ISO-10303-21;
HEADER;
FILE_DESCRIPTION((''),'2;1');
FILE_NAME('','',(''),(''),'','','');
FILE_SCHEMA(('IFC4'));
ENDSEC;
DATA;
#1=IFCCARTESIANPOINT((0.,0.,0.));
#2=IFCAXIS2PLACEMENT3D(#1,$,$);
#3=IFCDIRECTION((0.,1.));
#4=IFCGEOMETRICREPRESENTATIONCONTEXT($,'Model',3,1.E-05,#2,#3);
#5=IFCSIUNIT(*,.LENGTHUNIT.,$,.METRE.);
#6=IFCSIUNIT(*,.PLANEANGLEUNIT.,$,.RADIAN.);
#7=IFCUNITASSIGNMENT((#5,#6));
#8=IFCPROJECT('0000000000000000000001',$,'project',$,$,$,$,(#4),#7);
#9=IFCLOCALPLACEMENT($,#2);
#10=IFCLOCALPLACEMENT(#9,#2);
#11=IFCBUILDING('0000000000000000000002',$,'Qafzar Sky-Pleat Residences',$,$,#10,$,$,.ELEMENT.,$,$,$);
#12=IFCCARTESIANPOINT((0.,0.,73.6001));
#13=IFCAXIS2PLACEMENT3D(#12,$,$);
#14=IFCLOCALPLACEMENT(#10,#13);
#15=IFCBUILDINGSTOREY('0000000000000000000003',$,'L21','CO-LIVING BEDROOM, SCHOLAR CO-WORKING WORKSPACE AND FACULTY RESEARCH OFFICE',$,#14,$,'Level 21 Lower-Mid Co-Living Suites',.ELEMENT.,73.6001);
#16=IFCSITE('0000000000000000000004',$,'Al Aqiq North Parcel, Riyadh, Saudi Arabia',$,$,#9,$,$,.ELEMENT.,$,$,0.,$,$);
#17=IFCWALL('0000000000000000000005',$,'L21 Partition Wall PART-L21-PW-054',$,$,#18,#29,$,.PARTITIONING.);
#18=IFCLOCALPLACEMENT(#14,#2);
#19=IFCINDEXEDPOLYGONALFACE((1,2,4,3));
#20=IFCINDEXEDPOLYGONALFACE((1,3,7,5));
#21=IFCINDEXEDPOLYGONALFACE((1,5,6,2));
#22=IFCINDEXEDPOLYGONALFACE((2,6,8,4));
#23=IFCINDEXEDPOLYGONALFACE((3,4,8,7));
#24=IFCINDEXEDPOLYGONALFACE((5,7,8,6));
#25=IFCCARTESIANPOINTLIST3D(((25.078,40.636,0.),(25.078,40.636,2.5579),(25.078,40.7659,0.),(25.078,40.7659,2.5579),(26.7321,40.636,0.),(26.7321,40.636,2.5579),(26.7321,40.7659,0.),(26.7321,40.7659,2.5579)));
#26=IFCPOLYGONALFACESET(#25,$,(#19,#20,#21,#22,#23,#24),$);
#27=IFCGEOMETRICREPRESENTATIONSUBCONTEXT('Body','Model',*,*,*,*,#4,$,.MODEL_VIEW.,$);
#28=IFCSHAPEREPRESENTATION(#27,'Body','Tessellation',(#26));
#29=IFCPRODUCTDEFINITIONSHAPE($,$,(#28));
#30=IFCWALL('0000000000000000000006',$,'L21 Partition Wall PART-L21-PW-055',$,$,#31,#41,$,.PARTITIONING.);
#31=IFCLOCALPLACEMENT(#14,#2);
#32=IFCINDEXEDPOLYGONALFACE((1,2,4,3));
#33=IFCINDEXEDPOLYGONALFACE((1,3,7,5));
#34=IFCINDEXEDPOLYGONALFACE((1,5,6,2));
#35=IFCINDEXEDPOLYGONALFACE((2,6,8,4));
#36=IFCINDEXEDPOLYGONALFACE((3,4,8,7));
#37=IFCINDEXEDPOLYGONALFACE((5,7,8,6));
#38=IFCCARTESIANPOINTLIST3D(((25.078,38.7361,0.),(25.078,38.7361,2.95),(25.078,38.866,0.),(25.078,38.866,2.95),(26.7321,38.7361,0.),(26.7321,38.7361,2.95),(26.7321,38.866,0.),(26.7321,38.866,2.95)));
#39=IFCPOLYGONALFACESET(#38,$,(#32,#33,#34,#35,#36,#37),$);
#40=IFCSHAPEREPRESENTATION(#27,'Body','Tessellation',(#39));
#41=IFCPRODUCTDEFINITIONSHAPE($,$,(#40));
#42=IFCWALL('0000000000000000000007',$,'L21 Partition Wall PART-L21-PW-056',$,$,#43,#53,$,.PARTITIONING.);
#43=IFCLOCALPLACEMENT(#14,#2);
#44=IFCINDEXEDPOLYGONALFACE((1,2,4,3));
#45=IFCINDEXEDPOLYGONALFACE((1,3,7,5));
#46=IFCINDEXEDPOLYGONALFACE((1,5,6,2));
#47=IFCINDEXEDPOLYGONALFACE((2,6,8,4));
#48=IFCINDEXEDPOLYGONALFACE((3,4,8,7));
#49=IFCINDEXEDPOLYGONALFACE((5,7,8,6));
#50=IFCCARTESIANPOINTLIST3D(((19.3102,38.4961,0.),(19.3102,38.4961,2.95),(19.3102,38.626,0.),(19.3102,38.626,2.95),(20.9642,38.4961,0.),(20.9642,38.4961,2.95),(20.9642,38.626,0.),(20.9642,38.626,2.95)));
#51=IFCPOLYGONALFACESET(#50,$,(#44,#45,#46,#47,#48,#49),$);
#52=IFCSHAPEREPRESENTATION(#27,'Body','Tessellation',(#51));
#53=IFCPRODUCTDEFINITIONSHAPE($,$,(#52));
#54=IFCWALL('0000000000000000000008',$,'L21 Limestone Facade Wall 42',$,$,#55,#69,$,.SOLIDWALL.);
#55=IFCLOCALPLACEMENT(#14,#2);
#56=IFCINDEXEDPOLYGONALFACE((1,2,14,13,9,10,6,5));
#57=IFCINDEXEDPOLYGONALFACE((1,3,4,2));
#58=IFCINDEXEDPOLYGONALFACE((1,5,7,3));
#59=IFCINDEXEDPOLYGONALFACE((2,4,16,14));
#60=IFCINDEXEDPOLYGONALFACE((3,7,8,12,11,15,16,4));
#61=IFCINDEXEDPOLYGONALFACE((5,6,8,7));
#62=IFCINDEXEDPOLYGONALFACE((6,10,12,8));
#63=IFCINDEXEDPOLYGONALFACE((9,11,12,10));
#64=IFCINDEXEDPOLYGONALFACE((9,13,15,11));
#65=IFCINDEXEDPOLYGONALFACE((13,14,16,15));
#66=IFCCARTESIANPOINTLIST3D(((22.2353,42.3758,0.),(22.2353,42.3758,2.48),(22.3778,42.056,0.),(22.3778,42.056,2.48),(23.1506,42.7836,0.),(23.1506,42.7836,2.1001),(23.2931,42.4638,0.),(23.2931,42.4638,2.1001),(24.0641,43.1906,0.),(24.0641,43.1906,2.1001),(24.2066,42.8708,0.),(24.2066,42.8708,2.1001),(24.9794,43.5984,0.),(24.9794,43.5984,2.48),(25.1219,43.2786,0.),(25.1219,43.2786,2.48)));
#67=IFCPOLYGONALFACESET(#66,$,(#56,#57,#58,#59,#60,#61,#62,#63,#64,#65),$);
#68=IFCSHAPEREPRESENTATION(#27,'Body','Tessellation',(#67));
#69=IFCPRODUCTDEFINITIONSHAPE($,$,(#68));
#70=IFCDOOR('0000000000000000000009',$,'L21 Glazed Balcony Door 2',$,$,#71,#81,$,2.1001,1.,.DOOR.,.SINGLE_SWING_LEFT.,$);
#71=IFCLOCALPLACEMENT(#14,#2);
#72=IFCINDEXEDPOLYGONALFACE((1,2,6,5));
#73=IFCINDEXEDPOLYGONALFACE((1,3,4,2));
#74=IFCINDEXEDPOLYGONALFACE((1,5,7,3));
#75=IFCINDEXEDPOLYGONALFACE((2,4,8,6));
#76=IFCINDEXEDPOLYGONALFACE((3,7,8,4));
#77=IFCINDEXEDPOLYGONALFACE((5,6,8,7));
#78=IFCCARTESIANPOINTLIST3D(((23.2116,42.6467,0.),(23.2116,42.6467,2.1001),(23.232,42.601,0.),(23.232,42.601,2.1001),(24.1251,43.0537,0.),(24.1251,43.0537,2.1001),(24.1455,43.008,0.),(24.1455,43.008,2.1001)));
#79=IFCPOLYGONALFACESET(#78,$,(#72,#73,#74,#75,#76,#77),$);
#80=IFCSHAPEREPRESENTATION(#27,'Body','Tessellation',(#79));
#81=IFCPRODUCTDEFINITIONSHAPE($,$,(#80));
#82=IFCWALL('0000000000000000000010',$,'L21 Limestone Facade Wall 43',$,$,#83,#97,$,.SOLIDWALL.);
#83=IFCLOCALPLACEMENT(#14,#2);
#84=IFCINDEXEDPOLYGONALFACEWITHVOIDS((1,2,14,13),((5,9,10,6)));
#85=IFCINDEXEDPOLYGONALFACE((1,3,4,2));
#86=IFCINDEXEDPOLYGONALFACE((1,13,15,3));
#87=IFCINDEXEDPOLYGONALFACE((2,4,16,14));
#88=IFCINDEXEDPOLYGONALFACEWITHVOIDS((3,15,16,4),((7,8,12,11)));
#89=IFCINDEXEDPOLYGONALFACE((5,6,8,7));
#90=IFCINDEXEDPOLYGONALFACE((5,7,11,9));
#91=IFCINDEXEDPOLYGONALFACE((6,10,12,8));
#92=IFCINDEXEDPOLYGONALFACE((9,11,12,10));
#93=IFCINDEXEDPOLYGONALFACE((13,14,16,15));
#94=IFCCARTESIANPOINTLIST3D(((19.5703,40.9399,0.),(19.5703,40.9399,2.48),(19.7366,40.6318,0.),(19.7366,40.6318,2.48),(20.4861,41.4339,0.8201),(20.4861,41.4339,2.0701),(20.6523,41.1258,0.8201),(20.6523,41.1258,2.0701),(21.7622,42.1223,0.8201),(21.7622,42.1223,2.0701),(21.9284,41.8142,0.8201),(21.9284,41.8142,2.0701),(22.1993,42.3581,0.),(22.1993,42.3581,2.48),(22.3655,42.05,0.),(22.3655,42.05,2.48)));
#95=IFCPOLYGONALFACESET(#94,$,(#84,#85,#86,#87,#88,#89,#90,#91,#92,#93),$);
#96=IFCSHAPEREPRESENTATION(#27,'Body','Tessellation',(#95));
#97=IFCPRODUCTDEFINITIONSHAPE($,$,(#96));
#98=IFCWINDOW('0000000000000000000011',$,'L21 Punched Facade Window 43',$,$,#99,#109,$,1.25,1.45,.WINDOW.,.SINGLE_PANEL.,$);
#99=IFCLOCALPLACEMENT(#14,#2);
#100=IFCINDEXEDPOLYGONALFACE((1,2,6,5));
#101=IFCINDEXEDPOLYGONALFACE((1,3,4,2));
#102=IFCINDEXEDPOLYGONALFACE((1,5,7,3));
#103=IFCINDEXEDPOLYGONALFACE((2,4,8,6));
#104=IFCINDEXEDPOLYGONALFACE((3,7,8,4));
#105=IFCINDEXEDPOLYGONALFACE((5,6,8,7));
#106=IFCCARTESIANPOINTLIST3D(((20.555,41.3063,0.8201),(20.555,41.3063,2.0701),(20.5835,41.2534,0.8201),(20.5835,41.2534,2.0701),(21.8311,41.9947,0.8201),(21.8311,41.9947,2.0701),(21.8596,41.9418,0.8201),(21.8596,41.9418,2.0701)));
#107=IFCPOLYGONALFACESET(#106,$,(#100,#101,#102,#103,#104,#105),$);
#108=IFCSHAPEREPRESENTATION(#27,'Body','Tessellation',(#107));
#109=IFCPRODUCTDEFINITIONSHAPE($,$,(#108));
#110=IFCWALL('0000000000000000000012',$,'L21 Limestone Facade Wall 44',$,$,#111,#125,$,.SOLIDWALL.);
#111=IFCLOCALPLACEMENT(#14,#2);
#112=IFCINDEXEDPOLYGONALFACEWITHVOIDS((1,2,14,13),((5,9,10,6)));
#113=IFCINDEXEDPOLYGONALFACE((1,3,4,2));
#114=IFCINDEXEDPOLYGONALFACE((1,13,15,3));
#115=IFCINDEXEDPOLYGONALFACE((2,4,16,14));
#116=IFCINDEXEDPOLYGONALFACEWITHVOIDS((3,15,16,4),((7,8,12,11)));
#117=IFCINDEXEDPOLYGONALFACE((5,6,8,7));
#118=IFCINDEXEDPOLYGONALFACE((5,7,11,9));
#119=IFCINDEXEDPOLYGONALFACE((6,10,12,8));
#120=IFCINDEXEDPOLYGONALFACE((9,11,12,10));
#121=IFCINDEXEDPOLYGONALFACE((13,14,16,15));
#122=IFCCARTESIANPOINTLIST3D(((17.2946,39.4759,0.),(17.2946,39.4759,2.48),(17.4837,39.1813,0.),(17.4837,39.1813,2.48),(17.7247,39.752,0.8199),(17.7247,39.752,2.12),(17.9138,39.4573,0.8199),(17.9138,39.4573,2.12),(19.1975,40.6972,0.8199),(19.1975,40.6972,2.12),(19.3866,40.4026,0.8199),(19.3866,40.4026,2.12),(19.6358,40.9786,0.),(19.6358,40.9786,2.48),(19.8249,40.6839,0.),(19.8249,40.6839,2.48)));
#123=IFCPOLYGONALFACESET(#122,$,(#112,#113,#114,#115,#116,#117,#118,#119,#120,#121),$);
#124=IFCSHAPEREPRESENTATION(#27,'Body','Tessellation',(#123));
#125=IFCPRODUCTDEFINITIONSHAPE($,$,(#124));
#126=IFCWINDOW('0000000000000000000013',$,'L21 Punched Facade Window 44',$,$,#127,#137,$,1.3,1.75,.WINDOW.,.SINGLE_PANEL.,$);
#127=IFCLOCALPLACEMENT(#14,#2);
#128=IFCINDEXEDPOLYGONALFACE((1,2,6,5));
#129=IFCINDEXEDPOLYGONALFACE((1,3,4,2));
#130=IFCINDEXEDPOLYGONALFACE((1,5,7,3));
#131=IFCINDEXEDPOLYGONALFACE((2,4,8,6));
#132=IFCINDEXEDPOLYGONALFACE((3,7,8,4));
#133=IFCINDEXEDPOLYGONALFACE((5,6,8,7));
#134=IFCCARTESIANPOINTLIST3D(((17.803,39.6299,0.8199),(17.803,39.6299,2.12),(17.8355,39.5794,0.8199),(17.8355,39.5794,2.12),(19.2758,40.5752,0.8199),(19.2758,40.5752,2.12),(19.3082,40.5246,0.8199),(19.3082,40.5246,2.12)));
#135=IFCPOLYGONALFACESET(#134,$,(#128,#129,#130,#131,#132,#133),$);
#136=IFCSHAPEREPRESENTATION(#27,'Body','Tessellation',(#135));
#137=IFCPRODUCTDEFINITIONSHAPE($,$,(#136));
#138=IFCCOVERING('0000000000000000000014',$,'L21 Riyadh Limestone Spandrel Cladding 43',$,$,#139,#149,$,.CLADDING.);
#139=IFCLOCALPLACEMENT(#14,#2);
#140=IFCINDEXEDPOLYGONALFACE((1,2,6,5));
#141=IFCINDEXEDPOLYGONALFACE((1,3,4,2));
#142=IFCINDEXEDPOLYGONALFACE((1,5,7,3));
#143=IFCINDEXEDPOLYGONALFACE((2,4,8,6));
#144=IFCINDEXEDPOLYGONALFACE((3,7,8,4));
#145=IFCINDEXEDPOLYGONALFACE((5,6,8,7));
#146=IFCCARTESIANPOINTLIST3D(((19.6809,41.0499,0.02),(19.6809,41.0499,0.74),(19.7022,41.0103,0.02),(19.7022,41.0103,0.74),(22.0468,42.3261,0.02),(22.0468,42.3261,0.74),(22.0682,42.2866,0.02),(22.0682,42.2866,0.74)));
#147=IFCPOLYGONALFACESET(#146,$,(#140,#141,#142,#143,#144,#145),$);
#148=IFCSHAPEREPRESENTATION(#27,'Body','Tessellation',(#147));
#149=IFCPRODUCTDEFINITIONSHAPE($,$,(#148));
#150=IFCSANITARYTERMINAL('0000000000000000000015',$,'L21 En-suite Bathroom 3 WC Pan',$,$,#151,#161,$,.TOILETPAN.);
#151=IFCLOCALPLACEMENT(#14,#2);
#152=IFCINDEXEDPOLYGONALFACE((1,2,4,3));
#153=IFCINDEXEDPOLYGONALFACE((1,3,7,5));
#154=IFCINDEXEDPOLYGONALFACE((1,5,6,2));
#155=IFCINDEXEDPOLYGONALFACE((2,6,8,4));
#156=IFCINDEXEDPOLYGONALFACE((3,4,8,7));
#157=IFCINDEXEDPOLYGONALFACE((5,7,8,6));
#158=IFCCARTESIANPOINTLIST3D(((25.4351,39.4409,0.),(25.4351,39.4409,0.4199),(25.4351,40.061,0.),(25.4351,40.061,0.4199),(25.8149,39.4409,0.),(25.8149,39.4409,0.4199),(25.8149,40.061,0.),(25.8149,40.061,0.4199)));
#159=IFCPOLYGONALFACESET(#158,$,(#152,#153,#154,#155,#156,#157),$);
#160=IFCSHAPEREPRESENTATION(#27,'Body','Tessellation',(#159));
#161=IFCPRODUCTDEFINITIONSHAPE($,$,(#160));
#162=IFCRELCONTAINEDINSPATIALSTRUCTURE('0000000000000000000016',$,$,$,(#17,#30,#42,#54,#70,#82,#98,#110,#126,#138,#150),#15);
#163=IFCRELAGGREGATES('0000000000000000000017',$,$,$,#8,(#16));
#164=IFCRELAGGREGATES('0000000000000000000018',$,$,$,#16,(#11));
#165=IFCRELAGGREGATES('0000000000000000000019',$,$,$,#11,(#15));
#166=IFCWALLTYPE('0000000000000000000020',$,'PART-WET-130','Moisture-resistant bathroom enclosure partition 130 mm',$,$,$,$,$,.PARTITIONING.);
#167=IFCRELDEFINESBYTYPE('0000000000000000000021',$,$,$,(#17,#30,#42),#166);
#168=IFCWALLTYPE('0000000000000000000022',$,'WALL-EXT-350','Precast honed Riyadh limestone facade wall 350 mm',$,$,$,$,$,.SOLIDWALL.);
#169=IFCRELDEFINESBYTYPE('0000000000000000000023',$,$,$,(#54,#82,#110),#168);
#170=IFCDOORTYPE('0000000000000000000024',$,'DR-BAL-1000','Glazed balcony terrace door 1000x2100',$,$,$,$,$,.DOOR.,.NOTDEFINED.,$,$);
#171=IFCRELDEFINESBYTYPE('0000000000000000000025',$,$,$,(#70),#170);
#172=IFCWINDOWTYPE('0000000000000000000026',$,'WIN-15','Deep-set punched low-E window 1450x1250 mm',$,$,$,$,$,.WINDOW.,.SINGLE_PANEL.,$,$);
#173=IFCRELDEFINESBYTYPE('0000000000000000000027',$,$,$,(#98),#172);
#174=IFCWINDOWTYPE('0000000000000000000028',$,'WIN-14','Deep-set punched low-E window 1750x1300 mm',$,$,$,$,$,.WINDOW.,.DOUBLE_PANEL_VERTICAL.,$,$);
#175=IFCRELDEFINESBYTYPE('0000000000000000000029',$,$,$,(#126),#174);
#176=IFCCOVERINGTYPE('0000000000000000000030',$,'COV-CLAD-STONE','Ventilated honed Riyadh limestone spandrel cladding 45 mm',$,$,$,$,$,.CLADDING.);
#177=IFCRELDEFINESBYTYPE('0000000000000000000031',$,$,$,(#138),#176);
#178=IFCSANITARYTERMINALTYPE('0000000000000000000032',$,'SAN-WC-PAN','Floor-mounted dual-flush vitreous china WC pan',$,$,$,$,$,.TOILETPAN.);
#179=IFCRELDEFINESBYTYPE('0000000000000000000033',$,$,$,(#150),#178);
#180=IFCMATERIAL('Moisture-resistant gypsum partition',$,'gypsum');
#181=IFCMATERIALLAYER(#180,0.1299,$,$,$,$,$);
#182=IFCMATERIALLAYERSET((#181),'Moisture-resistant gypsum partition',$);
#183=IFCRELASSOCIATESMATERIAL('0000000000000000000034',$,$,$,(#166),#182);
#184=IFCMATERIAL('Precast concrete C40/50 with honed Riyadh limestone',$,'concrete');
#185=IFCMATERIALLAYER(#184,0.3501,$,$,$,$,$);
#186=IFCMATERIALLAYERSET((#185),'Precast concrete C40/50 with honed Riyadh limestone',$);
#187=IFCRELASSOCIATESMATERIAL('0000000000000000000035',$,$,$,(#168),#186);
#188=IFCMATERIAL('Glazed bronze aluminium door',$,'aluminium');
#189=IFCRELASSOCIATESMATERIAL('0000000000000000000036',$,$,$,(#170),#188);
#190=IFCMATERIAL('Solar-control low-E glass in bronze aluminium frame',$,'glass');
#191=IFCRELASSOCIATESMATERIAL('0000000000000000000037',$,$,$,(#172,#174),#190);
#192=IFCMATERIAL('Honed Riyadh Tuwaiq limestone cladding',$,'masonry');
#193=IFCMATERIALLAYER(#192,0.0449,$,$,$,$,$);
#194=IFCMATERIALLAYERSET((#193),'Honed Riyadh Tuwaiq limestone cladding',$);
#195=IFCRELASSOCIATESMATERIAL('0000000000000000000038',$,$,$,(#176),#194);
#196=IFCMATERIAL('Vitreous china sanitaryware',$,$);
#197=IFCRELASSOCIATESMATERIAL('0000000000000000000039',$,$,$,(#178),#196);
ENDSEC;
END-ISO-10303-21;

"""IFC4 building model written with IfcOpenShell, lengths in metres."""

from ifc_helpers import new_model, si_unit, direction, frame, frame_2d, origin, origin_2d, place, context, subcontext, project, spatial, rectangle, extrude, source, transform, mapped, material, layer, layer_set, type_object, element, fill, save


model = new_model("IFC4")

# Units and contexts
model_context = context("Model", 3, precision=1e-05, world=origin(), true_north=direction((0.0, 1.0)))
body_context = subcontext(model_context, "Body", "Model", "MODEL_VIEW")
ifc_project = project(units=[si_unit("LENGTHUNIT", "METRE"), si_unit("PLANEANGLEUNIT", "RADIAN")], contexts=[model_context])

# Site, building, storey
site_placement = place(None, origin())
site = spatial("IfcSite", under=ifc_project, at=site_placement, Name="Al Aqiq North Parcel, Riyadh, Saudi Arabia", CompositionType="ELEMENT", RefElevation=0.0)
building_placement = place(site_placement, origin())
building = spatial("IfcBuilding", under=site, at=building_placement, Name="Qafzar Sky-Pleat Residences", CompositionType="ELEMENT")
storey_placement = place(building_placement, frame((0.0, 0.0, 73.6001)))
storey = spatial("IfcBuildingStorey", under=building, at=storey_placement, Name="L21", Description="CO-LIVING BEDROOM, SCHOLAR CO-WORKING WORKSPACE AND FACULTY RESEARCH OFFICE", LongName="Level 21 Lower-Mid Co-Living Suites", CompositionType="ELEMENT", Elevation=73.6001)

# Shared definitions
ifc_material_1 = material(Name="Moisture-resistant gypsum partition", Category="gypsum")
ifc_layer_1 = layer(ifc_material_1, 0.1299)
ifc_layer_set_1 = layer_set([ifc_layer_1], Name="Moisture-resistant gypsum partition")
wall_type_1 = type_object("IfcWallType", Name="PART-WET-130", Description="Moisture-resistant bathroom enclosure partition 130 mm", PredefinedType="PARTITIONING", material=ifc_layer_set_1)

# Walls
wall_1_placement = place(storey_placement, frame((25.0779, 40.7009, 0.0), z_axis=(0.0, 0.0, 1.0), x_axis=(1.0, 0.0, 0.0)))
element("IfcWall", 1, at=wall_1_placement, inside=storey, type_object=wall_type_1, Name="L21 Partition Wall PART-L21-PW-054", PredefinedType="PARTITIONING", context=body_context, shape_type="SweptSolid", body=[
    extrude(rectangle(XDim=1.6541, YDim=0.1299, at=frame_2d((0.8271, 0.0))), origin(), (0.0, 0.0, 1.0), 2.5579),
])
for number, where, z_axis, x_axis, name in (
    (2, (25.0779, 38.801, 0.0), (0.0, 0.0, 1.0), (1.0, 0.0, 0.0), "L21 Partition Wall PART-L21-PW-055"),
    (3, (19.3101, 38.561, 0.0), (0.0, 0.0, 1.0), (1.0, 0.0, 0.0), "L21 Partition Wall PART-L21-PW-056"),
):
    element("IfcWall", number, at=place(storey_placement, frame(where, z_axis=z_axis, x_axis=x_axis)), inside=storey, type_object=wall_type_1, Name=name, PredefinedType="PARTITIONING", context=body_context, shape_type="SweptSolid", body=[
        extrude(rectangle(XDim=1.6541, YDim=0.1299, at=frame_2d((0.8271, 0.0))), origin(), (0.0, 0.0, 1.0), 2.95),
    ])

# Wall, opening, door
ifc_material_2 = material(Name="Precast concrete C40/50 with honed Riyadh limestone", Category="concrete")
ifc_layer_2 = layer(ifc_material_2, 0.3501)
ifc_layer_set_2 = layer_set([ifc_layer_2], Name="Precast concrete C40/50 with honed Riyadh limestone")
wall_type_2 = type_object("IfcWallType", Name="WALL-EXT-350", Description="Precast honed Riyadh limestone facade wall 350 mm", PredefinedType="SOLIDWALL", material=ifc_layer_set_2)
wall_2_placement = place(storey_placement, frame((25.0505, 43.4385, 0.0), z_axis=(0.0, 0.0, 1.0), x_axis=(-0.913436, -0.406983, 0.0)))
wall_2 = element("IfcWall", 4, at=wall_2_placement, inside=storey, type_object=wall_type_2, Name="L21 Limestone Facade Wall 42", PredefinedType="SOLIDWALL", context=body_context, shape_type="SweptSolid", body=[
    extrude(rectangle(XDim=3.0042, YDim=0.3501, at=frame_2d((1.502, 0.0))), origin(), (0.0, 0.0, 1.0), 2.48),
])
opening_1_placement = place(wall_2_placement, frame((1.002, 0.0, 0.0)))
opening_1 = element("IfcOpeningElement", 5, at=opening_1_placement, cuts=wall_2, PredefinedType="OPENING", context=body_context, shape_type="SweptSolid", body=[
    extrude(rectangle(XDim=1.0, YDim=2.1001, at=frame_2d((0.5, 1.05))), frame((0.0, 0.1851, 0.0), z_axis=(0.0, -1.0, 0.0), x_axis=(1.0, 0.0, 0.0)), (0.0, 0.0, 1.0), 0.3701),
])
ifc_material_3 = material(Name="Glazed bronze aluminium door", Category="aluminium")
door_type_1 = type_object("IfcDoorType", Name="DR-BAL-1000", Description="Glazed balcony terrace door 1000x2100", OperationType="NOTDEFINED", PredefinedType="DOOR", material=ifc_material_3)
shared_shape_1 = source(origin(), body_context, "Body", "SweptSolid", [
    extrude(rectangle(XDim=1.0, YDim=2.1001, at=frame_2d((0.5, 1.05))), frame((0.0, 0.0249, 0.0), z_axis=(0.0, -1.0, 0.0), x_axis=(1.0, 0.0, 0.0)), (0.0, 0.0, 1.0), 0.05),
])
door_1_placement = place(opening_1_placement, origin())
door_1 = element("IfcDoor", 6, at=door_1_placement, inside=storey, type_object=door_type_1, Name="L21 Glazed Balcony Door 2", OperationType="SINGLE_SWING_LEFT", OverallHeight=2.1001, OverallWidth=1.0, PredefinedType="DOOR", context=body_context, shape_type="MappedRepresentation", body=[
    mapped(shared_shape_1, transform((0.0, 0.0, 0.0), x_axis=(1.0, 0.0, 0.0), y_axis=(0.0, 1.0, 0.0), z_axis=(0.0, 0.0, 1.0), scale=1.0)),
])
fill(opening_1, door_1)

# Walls, openings, windows
wall_3_placement = place(storey_placement, frame((22.2825, 42.2041, 0.0), z_axis=(0.0, 0.0, 1.0), x_axis=(-0.880101, -0.474787, 0.0)))
wall_3 = element("IfcWall", 7, at=wall_3_placement, inside=storey, type_object=wall_type_2, Name="L21 Limestone Facade Wall 43", PredefinedType="SOLIDWALL", context=body_context, shape_type="SweptSolid", body=[
    extrude(rectangle(XDim=2.9871, YDim=0.3501, at=frame_2d((1.4937, 0.0))), origin(), (0.0, 0.0, 1.0), 2.48),
])
opening_2_placement = place(wall_3_placement, frame((0.4966, 0.0, 0.8201)))
opening_2 = element("IfcOpeningElement", 8, at=opening_2_placement, cuts=wall_3, PredefinedType="OPENING", context=body_context, shape_type="SweptSolid", body=[
    extrude(rectangle(XDim=1.45, YDim=1.25, at=frame_2d((0.7251, 0.625))), frame((0.0, 0.1851, 0.0), z_axis=(0.0, -1.0, 0.0), x_axis=(1.0, 0.0, 0.0)), (0.0, 0.0, 1.0), 0.3701),
])
ifc_material_4 = material(Name="Solar-control low-E glass in bronze aluminium frame", Category="glass")
window_type_1 = type_object("IfcWindowType", Name="WIN-15", Description="Deep-set punched low-E window 1450x1250 mm", PartitioningType="SINGLE_PANEL", PredefinedType="WINDOW", material=ifc_material_4)
shared_shape_2 = source(origin(), body_context, "Body", "SweptSolid", [
    extrude(rectangle(XDim=1.45, YDim=1.25, at=frame_2d((0.7251, 0.625))), frame((0.0, 0.03, 0.0), z_axis=(0.0, -1.0, 0.0), x_axis=(1.0, 0.0, 0.0)), (0.0, 0.0, 1.0), 0.0601),
])
window_1_placement = place(opening_2_placement, origin())
window_1 = element("IfcWindow", 9, at=window_1_placement, inside=storey, type_object=window_type_1, Name="L21 Punched Facade Window 43", OverallHeight=1.25, OverallWidth=1.45, PartitioningType="SINGLE_PANEL", PredefinedType="WINDOW", context=body_context, shape_type="MappedRepresentation", body=[
    mapped(shared_shape_2, transform((0.0, 0.0, 0.0), x_axis=(1.0, 0.0, 0.0), y_axis=(0.0, 1.0, 0.0), z_axis=(0.0, 0.0, 1.0), scale=1.0)),
])
fill(opening_2, window_1)
wall_4_placement = place(storey_placement, frame((19.7305, 40.8313, 0.0), z_axis=(0.0, 0.0, 1.0), x_axis=(-0.841577, -0.540137, 0.0)))
wall_4 = element("IfcWall", 10, at=wall_4_placement, inside=storey, type_object=wall_type_2, Name="L21 Limestone Facade Wall 44", PredefinedType="SOLIDWALL", context=body_context, shape_type="SweptSolid", body=[
    extrude(rectangle(XDim=2.782, YDim=0.3501, at=frame_2d((1.3911, 0.0))), origin(), (0.0, 0.0, 1.0), 2.48),
])
opening_3_placement = place(wall_4_placement, frame((0.521, 0.0, 0.8201)))
opening_3 = element("IfcOpeningElement", 11, at=opening_3_placement, cuts=wall_4, PredefinedType="OPENING", context=body_context, shape_type="SweptSolid", body=[
    extrude(rectangle(XDim=1.75, YDim=1.3, at=frame_2d((0.875, 0.6499))), frame((0.0, 0.1851, 0.0), z_axis=(0.0, -1.0, 0.0), x_axis=(1.0, 0.0, 0.0)), (0.0, 0.0, 1.0), 0.3701),
])
window_type_2 = type_object("IfcWindowType", Name="WIN-14", Description="Deep-set punched low-E window 1750x1300 mm", PartitioningType="DOUBLE_PANEL_VERTICAL", PredefinedType="WINDOW", material=ifc_material_4)
shared_shape_3 = source(origin(), body_context, "Body", "SweptSolid", [
    extrude(rectangle(XDim=1.75, YDim=1.3, at=frame_2d((0.875, 0.6499))), frame((0.0, 0.03, 0.0), z_axis=(0.0, -1.0, 0.0), x_axis=(1.0, 0.0, 0.0)), (0.0, 0.0, 1.0), 0.0601),
])
window_2_placement = place(opening_3_placement, origin())
window_2 = element("IfcWindow", 12, at=window_2_placement, inside=storey, type_object=window_type_2, Name="L21 Punched Facade Window 44", OverallHeight=1.3, OverallWidth=1.75, PartitioningType="SINGLE_PANEL", PredefinedType="WINDOW", context=body_context, shape_type="MappedRepresentation", body=[
    mapped(shared_shape_3, transform((0.0, 0.0, 0.0), x_axis=(1.0, 0.0, 0.0), y_axis=(0.0, 1.0, 0.0), z_axis=(0.0, 0.0, 1.0), scale=1.0)),
])
fill(opening_3, window_2)

# Covering
ifc_material_5 = material(Name="Honed Riyadh Tuwaiq limestone cladding", Category="masonry")
ifc_layer_3 = layer(ifc_material_5, 0.0449)
ifc_layer_set_3 = layer_set([ifc_layer_3], Name="Honed Riyadh Tuwaiq limestone cladding")
covering_type = type_object("IfcCoveringType", Name="COV-CLAD-STONE", Description="Ventilated honed Riyadh limestone spandrel cladding 45 mm", PredefinedType="CLADDING", material=ifc_layer_set_3)
shared_shape_4 = source(origin(), body_context, "Body", "SweptSolid", [
    extrude(rectangle(XDim=2.6882, YDim=0.0449, at=origin_2d()), origin(), (0.0, 0.0, 1.0), 0.72),
])
covering_placement = place(storey_placement, frame((20.8745, 41.6682, 0.02), z_axis=(0.0, 0.0, 1.0), x_axis=(-0.880124, -0.474745, 0.0)))
element("IfcCovering", 13, at=covering_placement, inside=storey, type_object=covering_type, Name="L21 Riyadh Limestone Spandrel Cladding 43", PredefinedType="CLADDING", context=body_context, shape_type="MappedRepresentation", body=[
    mapped(shared_shape_4, transform((0.0, 0.0, 0.0), x_axis=(1.0, 0.0, 0.0), y_axis=(0.0, 1.0, 0.0), z_axis=(0.0, 0.0, 1.0), scale=1.0)),
])

# Sanitary terminal
ifc_material_6 = material(Name="Vitreous china sanitaryware")
sanitary_terminal_type_1 = type_object("IfcSanitaryTerminalType", Name="SAN-WC-PAN", Description="Floor-mounted dual-flush vitreous china WC pan", PredefinedType="TOILETPAN", material=ifc_material_6)
shared_shape_5 = source(origin(), body_context, "Body", "SweptSolid", [
    extrude(rectangle(XDim=0.3799, YDim=0.6201, at=origin_2d()), origin(), (0.0, 0.0, 1.0), 0.4199),
])
for number, where, z_axis, x_axis, name in (
    (14, (25.625, 39.751, 0.0), (0.0, 0.0, 1.0), (1.0, 0.0, 0.0), "L21 En-suite Bathroom 3 WC Pan"),
):
    element("IfcSanitaryTerminal", number, at=place(storey_placement, frame(where, z_axis=z_axis, x_axis=x_axis)), inside=storey, type_object=sanitary_terminal_type_1, Name=name, PredefinedType="TOILETPAN", context=body_context, shape_type="MappedRepresentation", body=[
        mapped(shared_shape_5, transform((0.0, 0.0, 0.0), x_axis=(1.0, 0.0, 0.0), y_axis=(0.0, 1.0, 0.0), z_axis=(0.0, 0.0, 1.0), scale=1.0)),
    ])

save(model, "model.ifc")
